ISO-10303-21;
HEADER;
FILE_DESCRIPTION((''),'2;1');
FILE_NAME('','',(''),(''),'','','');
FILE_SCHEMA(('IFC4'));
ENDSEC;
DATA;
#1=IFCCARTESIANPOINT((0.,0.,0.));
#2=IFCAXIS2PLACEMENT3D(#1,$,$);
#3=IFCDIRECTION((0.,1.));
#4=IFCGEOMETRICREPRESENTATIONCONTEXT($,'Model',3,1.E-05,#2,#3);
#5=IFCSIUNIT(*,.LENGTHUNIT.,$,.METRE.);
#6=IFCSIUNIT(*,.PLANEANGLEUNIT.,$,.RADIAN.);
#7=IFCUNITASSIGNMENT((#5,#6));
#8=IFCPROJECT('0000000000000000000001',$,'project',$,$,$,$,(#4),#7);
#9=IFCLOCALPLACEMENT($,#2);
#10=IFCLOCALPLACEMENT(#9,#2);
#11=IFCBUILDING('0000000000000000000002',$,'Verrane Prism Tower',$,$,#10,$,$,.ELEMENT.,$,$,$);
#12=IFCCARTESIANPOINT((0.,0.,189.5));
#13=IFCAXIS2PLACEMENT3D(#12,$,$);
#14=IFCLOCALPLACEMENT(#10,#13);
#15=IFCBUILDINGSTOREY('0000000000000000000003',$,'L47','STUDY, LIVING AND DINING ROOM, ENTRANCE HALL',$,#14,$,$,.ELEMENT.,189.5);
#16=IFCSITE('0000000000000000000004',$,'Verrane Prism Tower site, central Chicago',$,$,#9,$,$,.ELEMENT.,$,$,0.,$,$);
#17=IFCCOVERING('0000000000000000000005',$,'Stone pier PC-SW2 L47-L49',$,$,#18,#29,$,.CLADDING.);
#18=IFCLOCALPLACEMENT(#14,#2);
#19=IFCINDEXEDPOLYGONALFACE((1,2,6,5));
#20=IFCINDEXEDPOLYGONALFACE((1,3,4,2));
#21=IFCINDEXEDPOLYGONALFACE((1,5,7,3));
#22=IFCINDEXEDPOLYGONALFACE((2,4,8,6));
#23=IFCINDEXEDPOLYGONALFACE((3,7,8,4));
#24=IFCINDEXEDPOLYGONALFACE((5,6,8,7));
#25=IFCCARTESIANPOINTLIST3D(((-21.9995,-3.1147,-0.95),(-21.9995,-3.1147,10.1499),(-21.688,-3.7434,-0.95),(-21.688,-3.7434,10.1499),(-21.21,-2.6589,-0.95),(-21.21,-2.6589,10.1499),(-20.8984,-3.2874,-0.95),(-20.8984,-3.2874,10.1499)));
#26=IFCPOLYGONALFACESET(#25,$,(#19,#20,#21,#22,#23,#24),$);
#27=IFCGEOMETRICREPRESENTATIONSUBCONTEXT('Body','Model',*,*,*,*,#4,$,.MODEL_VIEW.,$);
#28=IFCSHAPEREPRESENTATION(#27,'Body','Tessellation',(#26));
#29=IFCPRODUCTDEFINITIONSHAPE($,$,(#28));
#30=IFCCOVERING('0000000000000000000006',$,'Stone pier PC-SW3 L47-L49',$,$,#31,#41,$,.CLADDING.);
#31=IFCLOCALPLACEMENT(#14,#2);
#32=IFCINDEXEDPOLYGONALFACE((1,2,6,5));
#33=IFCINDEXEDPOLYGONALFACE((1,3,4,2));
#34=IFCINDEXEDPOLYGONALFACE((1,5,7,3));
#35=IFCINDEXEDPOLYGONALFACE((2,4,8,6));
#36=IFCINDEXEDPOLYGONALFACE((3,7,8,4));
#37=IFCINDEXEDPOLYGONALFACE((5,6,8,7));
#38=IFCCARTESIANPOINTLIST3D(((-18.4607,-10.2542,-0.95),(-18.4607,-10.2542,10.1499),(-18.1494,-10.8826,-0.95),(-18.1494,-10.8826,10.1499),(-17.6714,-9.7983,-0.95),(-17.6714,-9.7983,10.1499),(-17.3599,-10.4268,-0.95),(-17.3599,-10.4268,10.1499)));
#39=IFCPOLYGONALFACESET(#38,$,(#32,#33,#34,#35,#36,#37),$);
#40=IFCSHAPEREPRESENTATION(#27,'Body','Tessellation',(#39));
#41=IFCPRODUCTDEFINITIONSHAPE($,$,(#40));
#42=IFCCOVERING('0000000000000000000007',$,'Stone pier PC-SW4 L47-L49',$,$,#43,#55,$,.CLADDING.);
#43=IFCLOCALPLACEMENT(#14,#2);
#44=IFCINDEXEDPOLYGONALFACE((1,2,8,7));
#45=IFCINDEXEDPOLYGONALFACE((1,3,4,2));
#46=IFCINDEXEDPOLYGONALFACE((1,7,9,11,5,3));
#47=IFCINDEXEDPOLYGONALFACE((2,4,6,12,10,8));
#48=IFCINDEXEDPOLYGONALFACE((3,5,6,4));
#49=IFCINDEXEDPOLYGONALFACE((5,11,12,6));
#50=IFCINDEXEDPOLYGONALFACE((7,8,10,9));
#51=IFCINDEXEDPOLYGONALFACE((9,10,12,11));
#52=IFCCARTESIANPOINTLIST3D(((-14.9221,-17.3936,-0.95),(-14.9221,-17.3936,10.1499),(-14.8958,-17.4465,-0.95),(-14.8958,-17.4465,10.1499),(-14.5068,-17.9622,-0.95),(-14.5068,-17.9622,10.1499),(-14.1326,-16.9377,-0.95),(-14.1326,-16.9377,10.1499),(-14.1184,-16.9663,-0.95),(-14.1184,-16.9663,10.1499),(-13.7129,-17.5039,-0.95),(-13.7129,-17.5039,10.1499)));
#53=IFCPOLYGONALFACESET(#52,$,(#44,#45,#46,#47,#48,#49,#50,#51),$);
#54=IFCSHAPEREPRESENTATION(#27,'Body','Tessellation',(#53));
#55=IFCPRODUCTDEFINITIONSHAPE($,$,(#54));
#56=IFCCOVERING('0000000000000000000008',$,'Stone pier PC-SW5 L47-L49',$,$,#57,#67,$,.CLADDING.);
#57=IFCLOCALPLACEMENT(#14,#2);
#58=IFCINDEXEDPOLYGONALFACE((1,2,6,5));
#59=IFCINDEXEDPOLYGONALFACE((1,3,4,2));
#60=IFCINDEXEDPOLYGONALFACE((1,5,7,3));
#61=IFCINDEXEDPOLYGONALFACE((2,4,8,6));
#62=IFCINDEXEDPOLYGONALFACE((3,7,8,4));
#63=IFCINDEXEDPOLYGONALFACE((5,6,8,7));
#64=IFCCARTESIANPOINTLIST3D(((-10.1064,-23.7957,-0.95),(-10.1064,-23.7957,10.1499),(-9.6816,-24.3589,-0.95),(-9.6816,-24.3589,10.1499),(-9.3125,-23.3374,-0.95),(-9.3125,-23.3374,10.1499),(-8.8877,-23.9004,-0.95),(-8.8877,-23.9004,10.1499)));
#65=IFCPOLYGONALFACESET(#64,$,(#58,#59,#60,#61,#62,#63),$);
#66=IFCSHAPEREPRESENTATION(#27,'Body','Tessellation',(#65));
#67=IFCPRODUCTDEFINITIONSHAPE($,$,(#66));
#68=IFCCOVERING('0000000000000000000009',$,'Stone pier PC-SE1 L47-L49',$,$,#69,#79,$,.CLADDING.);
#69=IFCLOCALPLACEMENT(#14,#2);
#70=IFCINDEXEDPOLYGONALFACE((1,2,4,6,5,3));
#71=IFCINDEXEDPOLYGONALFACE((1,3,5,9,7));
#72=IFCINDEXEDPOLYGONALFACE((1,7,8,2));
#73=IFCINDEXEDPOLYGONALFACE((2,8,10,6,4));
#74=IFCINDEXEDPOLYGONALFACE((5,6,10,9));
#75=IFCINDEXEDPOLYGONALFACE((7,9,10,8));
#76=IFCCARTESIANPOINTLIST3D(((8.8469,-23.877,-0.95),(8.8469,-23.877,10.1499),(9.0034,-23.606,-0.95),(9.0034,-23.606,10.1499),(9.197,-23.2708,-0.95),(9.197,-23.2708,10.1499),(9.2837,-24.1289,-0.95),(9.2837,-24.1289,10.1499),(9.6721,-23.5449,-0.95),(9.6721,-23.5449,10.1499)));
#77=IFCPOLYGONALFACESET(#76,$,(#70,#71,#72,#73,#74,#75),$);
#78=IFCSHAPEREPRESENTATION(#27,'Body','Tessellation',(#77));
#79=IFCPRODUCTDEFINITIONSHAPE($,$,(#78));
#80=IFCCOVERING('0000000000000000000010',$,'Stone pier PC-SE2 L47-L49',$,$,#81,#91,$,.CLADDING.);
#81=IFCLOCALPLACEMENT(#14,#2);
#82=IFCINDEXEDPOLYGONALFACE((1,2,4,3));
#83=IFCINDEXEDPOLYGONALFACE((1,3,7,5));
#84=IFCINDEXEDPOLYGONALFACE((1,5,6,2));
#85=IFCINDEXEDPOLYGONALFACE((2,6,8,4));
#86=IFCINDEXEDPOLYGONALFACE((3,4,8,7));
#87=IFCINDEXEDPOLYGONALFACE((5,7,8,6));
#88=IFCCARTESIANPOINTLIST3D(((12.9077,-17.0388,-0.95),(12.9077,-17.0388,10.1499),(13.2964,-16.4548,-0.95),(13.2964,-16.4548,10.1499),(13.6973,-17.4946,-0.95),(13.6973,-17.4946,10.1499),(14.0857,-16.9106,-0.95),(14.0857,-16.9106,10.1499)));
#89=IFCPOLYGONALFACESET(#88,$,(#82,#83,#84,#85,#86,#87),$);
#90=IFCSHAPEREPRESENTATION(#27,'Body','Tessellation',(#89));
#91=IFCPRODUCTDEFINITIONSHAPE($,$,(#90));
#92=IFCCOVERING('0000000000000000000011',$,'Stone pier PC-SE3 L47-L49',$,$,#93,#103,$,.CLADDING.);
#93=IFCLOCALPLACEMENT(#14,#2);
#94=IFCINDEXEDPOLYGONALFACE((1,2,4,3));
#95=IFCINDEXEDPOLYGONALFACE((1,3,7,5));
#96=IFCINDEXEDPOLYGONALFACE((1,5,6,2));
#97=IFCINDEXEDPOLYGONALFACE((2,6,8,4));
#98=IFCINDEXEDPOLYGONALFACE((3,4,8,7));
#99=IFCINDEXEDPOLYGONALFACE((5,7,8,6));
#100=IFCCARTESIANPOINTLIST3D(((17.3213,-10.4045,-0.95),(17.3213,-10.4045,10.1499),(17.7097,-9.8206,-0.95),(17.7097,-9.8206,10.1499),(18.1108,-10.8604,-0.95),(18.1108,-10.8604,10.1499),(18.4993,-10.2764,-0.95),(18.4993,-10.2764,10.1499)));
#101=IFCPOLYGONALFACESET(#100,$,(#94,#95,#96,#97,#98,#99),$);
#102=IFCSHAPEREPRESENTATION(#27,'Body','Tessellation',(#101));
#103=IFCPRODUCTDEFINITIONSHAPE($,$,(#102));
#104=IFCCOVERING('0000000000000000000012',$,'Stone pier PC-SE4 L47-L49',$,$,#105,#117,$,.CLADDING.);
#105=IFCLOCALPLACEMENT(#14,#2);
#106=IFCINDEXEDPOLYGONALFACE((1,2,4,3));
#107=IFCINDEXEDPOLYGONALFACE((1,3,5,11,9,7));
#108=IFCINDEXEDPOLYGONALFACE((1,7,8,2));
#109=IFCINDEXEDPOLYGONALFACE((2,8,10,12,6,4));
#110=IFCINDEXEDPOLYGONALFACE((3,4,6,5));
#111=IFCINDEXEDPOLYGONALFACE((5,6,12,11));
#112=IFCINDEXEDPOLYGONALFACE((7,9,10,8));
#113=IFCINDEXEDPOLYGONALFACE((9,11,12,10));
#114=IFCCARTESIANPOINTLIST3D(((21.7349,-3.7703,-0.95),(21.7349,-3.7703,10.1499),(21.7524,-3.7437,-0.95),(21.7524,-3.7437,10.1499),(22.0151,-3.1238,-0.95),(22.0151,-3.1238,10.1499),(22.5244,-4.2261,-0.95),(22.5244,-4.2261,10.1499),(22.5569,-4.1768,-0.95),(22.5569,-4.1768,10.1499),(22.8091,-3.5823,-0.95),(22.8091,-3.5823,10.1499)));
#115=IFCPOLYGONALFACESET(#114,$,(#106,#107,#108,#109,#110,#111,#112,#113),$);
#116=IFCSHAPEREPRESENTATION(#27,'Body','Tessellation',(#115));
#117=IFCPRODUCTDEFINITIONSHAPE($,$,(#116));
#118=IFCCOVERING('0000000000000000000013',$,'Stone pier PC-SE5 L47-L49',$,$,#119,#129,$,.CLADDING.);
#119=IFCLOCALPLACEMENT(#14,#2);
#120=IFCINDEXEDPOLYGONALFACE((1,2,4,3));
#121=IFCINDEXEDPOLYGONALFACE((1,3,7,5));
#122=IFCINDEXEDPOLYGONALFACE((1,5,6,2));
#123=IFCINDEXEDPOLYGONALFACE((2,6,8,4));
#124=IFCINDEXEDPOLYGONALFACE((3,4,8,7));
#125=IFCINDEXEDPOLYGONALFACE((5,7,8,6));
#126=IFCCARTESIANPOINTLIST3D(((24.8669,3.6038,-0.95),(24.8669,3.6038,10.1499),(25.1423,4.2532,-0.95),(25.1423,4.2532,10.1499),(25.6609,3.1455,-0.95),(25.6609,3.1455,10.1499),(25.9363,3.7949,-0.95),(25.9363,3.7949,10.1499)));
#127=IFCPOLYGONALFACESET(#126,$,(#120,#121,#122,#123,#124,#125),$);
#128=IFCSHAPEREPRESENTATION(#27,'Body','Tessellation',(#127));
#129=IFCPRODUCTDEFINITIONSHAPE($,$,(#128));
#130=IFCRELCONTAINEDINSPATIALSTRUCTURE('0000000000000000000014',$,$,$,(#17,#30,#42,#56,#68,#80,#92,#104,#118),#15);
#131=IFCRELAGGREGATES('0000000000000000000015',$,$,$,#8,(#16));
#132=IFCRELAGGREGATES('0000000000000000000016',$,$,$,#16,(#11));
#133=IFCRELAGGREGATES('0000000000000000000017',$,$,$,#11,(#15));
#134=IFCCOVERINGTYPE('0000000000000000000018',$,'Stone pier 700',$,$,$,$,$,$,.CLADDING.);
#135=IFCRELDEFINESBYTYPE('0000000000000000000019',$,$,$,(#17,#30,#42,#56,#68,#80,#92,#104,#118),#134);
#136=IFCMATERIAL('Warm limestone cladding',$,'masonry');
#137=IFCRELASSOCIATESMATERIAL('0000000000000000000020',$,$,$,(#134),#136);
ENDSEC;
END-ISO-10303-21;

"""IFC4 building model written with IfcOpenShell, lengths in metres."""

from ifc_helpers import new_model, si_unit, direction, frame, origin, place, context, subcontext, project, spatial, polyline, outline, extrude, material, type_object, element, save


model = new_model("IFC4")

# Units and contexts
model_context = context("Model", 3, precision=1e-05, world=origin(), true_north=direction((0.0, 1.0)))
body_context = subcontext(model_context, "Body", "Model", "MODEL_VIEW")
ifc_project = project(units=[si_unit("LENGTHUNIT", "METRE"), si_unit("PLANEANGLEUNIT", "RADIAN")], contexts=[model_context])

# Site, building, storey
site_placement = place(None, origin())
site = spatial("IfcSite", under=ifc_project, at=site_placement, Name="Verrane Prism Tower site, central Chicago", CompositionType="ELEMENT", RefElevation=0.0)
building_placement = place(site_placement, origin())
building = spatial("IfcBuilding", under=site, at=building_placement, Name="Verrane Prism Tower", CompositionType="ELEMENT")
storey_placement = place(building_placement, frame((0.0, 0.0, 189.5)))
storey = spatial("IfcBuildingStorey", under=building, at=storey_placement, Name="L47", Description="STUDY, LIVING AND DINING ROOM, ENTRANCE HALL", CompositionType="ELEMENT", Elevation=189.5)

# Coverings
ifc_material_1 = material(Name="Warm limestone cladding", Category="masonry")
covering_type_1 = type_object("IfcCoveringType", Name="Stone pier 700", PredefinedType="CLADDING", material=ifc_material_1)
covering_1_placement = place(storey_placement, frame((0.0, 0.0, -0.95)))
element("IfcCovering", 1, at=covering_1_placement, inside=storey, type_object=covering_type_1, Name="Stone pier PC-SW2 L47-L49", PredefinedType="CLADDING", context=body_context, shape_type="SweptSolid", body=[
    extrude(outline(polyline([(-21.688, -3.7434), (-20.8984, -3.2874), (-21.21, -2.6589), (-21.9995, -3.1147), (-21.688, -3.7434)])), origin(), (0.0, 0.0, 1.0), 11.0999),
])
covering_2_placement = place(storey_placement, frame((0.0, 0.0, -0.95)))
element("IfcCovering", 2, at=covering_2_placement, inside=storey, type_object=covering_type_1, Name="Stone pier PC-SW3 L47-L49", PredefinedType="CLADDING", context=body_context, shape_type="SweptSolid", body=[
    extrude(outline(polyline([(-18.1494, -10.8826), (-17.3599, -10.4268), (-17.6714, -9.7983), (-18.4607, -10.2542), (-18.1494, -10.8826)])), origin(), (0.0, 0.0, 1.0), 11.0999),
])
covering_3_placement = place(storey_placement, frame((0.0, 0.0, -0.95)))
element("IfcCovering", 3, at=covering_3_placement, inside=storey, type_object=covering_type_1, Name="Stone pier PC-SW4 L47-L49", PredefinedType="CLADDING", context=body_context, shape_type="SweptSolid", body=[
    extrude(outline(polyline([(-14.5068, -17.9622), (-13.7129, -17.5039), (-14.1184, -16.9663), (-14.1326, -16.9377), (-14.9221, -17.3936), (-14.8958, -17.4465), (-14.5068, -17.9622)])), origin(), (0.0, 0.0, 1.0), 11.0999),
])
covering_4_placement = place(storey_placement, frame((0.0, 0.0, -0.95)))
element("IfcCovering", 4, at=covering_4_placement, inside=storey, type_object=covering_type_1, Name="Stone pier PC-SW5 L47-L49", PredefinedType="CLADDING", context=body_context, shape_type="SweptSolid", body=[
    extrude(outline(polyline([(-9.6816, -24.3589), (-8.8877, -23.9004), (-9.3125, -23.3374), (-10.1064, -23.7957), (-9.6816, -24.3589)])), origin(), (0.0, 0.0, 1.0), 11.0999),
])
covering_5_placement = place(storey_placement, frame((0.0, 0.0, -0.95)))
element("IfcCovering", 5, at=covering_5_placement, inside=storey, type_object=covering_type_1, Name="Stone pier PC-SE1 L47-L49", PredefinedType="CLADDING", context=body_context, shape_type="SweptSolid", body=[
    extrude(outline(polyline([(9.197, -23.2708), (9.0034, -23.606), (8.8469, -23.877), (9.2837, -24.1289), (9.6721, -23.5449), (9.197, -23.2708)])), origin(), (0.0, 0.0, 1.0), 11.0999),
])
covering_6_placement = place(storey_placement, frame((0.0, 0.0, -0.95)))
element("IfcCovering", 6, at=covering_6_placement, inside=storey, type_object=covering_type_1, Name="Stone pier PC-SE2 L47-L49", PredefinedType="CLADDING", context=body_context, shape_type="SweptSolid", body=[
    extrude(outline(polyline([(14.0857, -16.9106), (13.2964, -16.4548), (12.9077, -17.0388), (13.6973, -17.4946), (14.0857, -16.9106)])), origin(), (0.0, 0.0, 1.0), 11.0999),
])
covering_7_placement = place(storey_placement, frame((0.0, 0.0, -0.95)))
element("IfcCovering", 7, at=covering_7_placement, inside=storey, type_object=covering_type_1, Name="Stone pier PC-SE3 L47-L49", PredefinedType="CLADDING", context=body_context, shape_type="SweptSolid", body=[
    extrude(outline(polyline([(18.4993, -10.2764), (17.7097, -9.8206), (17.3213, -10.4045), (18.1108, -10.8604), (18.4993, -10.2764)])), origin(), (0.0, 0.0, 1.0), 11.0999),
])
covering_8_placement = place(storey_placement, frame((0.0, 0.0, -0.95)))
element("IfcCovering", 8, at=covering_8_placement, inside=storey, type_object=covering_type_1, Name="Stone pier PC-SE4 L47-L49", PredefinedType="CLADDING", context=body_context, shape_type="SweptSolid", body=[
    extrude(outline(polyline([(22.8091, -3.5823), (22.0151, -3.1238), (21.7524, -3.7437), (21.7349, -3.7703), (22.5244, -4.2261), (22.5569, -4.1768), (22.8091, -3.5823)])), origin(), (0.0, 0.0, 1.0), 11.0999),
])
covering_9_placement = place(storey_placement, frame((0.0, 0.0, -0.95)))
element("IfcCovering", 9, at=covering_9_placement, inside=storey, type_object=covering_type_1, Name="Stone pier PC-SE5 L47-L49", PredefinedType="CLADDING", context=body_context, shape_type="SweptSolid", body=[
    extrude(outline(polyline([(25.9363, 3.7949), (25.1423, 4.2532), (24.8669, 3.6038), (25.6609, 3.1455), (25.9363, 3.7949)])), origin(), (0.0, 0.0, 1.0), 11.0999),
])

save(model, "model.ifc")
